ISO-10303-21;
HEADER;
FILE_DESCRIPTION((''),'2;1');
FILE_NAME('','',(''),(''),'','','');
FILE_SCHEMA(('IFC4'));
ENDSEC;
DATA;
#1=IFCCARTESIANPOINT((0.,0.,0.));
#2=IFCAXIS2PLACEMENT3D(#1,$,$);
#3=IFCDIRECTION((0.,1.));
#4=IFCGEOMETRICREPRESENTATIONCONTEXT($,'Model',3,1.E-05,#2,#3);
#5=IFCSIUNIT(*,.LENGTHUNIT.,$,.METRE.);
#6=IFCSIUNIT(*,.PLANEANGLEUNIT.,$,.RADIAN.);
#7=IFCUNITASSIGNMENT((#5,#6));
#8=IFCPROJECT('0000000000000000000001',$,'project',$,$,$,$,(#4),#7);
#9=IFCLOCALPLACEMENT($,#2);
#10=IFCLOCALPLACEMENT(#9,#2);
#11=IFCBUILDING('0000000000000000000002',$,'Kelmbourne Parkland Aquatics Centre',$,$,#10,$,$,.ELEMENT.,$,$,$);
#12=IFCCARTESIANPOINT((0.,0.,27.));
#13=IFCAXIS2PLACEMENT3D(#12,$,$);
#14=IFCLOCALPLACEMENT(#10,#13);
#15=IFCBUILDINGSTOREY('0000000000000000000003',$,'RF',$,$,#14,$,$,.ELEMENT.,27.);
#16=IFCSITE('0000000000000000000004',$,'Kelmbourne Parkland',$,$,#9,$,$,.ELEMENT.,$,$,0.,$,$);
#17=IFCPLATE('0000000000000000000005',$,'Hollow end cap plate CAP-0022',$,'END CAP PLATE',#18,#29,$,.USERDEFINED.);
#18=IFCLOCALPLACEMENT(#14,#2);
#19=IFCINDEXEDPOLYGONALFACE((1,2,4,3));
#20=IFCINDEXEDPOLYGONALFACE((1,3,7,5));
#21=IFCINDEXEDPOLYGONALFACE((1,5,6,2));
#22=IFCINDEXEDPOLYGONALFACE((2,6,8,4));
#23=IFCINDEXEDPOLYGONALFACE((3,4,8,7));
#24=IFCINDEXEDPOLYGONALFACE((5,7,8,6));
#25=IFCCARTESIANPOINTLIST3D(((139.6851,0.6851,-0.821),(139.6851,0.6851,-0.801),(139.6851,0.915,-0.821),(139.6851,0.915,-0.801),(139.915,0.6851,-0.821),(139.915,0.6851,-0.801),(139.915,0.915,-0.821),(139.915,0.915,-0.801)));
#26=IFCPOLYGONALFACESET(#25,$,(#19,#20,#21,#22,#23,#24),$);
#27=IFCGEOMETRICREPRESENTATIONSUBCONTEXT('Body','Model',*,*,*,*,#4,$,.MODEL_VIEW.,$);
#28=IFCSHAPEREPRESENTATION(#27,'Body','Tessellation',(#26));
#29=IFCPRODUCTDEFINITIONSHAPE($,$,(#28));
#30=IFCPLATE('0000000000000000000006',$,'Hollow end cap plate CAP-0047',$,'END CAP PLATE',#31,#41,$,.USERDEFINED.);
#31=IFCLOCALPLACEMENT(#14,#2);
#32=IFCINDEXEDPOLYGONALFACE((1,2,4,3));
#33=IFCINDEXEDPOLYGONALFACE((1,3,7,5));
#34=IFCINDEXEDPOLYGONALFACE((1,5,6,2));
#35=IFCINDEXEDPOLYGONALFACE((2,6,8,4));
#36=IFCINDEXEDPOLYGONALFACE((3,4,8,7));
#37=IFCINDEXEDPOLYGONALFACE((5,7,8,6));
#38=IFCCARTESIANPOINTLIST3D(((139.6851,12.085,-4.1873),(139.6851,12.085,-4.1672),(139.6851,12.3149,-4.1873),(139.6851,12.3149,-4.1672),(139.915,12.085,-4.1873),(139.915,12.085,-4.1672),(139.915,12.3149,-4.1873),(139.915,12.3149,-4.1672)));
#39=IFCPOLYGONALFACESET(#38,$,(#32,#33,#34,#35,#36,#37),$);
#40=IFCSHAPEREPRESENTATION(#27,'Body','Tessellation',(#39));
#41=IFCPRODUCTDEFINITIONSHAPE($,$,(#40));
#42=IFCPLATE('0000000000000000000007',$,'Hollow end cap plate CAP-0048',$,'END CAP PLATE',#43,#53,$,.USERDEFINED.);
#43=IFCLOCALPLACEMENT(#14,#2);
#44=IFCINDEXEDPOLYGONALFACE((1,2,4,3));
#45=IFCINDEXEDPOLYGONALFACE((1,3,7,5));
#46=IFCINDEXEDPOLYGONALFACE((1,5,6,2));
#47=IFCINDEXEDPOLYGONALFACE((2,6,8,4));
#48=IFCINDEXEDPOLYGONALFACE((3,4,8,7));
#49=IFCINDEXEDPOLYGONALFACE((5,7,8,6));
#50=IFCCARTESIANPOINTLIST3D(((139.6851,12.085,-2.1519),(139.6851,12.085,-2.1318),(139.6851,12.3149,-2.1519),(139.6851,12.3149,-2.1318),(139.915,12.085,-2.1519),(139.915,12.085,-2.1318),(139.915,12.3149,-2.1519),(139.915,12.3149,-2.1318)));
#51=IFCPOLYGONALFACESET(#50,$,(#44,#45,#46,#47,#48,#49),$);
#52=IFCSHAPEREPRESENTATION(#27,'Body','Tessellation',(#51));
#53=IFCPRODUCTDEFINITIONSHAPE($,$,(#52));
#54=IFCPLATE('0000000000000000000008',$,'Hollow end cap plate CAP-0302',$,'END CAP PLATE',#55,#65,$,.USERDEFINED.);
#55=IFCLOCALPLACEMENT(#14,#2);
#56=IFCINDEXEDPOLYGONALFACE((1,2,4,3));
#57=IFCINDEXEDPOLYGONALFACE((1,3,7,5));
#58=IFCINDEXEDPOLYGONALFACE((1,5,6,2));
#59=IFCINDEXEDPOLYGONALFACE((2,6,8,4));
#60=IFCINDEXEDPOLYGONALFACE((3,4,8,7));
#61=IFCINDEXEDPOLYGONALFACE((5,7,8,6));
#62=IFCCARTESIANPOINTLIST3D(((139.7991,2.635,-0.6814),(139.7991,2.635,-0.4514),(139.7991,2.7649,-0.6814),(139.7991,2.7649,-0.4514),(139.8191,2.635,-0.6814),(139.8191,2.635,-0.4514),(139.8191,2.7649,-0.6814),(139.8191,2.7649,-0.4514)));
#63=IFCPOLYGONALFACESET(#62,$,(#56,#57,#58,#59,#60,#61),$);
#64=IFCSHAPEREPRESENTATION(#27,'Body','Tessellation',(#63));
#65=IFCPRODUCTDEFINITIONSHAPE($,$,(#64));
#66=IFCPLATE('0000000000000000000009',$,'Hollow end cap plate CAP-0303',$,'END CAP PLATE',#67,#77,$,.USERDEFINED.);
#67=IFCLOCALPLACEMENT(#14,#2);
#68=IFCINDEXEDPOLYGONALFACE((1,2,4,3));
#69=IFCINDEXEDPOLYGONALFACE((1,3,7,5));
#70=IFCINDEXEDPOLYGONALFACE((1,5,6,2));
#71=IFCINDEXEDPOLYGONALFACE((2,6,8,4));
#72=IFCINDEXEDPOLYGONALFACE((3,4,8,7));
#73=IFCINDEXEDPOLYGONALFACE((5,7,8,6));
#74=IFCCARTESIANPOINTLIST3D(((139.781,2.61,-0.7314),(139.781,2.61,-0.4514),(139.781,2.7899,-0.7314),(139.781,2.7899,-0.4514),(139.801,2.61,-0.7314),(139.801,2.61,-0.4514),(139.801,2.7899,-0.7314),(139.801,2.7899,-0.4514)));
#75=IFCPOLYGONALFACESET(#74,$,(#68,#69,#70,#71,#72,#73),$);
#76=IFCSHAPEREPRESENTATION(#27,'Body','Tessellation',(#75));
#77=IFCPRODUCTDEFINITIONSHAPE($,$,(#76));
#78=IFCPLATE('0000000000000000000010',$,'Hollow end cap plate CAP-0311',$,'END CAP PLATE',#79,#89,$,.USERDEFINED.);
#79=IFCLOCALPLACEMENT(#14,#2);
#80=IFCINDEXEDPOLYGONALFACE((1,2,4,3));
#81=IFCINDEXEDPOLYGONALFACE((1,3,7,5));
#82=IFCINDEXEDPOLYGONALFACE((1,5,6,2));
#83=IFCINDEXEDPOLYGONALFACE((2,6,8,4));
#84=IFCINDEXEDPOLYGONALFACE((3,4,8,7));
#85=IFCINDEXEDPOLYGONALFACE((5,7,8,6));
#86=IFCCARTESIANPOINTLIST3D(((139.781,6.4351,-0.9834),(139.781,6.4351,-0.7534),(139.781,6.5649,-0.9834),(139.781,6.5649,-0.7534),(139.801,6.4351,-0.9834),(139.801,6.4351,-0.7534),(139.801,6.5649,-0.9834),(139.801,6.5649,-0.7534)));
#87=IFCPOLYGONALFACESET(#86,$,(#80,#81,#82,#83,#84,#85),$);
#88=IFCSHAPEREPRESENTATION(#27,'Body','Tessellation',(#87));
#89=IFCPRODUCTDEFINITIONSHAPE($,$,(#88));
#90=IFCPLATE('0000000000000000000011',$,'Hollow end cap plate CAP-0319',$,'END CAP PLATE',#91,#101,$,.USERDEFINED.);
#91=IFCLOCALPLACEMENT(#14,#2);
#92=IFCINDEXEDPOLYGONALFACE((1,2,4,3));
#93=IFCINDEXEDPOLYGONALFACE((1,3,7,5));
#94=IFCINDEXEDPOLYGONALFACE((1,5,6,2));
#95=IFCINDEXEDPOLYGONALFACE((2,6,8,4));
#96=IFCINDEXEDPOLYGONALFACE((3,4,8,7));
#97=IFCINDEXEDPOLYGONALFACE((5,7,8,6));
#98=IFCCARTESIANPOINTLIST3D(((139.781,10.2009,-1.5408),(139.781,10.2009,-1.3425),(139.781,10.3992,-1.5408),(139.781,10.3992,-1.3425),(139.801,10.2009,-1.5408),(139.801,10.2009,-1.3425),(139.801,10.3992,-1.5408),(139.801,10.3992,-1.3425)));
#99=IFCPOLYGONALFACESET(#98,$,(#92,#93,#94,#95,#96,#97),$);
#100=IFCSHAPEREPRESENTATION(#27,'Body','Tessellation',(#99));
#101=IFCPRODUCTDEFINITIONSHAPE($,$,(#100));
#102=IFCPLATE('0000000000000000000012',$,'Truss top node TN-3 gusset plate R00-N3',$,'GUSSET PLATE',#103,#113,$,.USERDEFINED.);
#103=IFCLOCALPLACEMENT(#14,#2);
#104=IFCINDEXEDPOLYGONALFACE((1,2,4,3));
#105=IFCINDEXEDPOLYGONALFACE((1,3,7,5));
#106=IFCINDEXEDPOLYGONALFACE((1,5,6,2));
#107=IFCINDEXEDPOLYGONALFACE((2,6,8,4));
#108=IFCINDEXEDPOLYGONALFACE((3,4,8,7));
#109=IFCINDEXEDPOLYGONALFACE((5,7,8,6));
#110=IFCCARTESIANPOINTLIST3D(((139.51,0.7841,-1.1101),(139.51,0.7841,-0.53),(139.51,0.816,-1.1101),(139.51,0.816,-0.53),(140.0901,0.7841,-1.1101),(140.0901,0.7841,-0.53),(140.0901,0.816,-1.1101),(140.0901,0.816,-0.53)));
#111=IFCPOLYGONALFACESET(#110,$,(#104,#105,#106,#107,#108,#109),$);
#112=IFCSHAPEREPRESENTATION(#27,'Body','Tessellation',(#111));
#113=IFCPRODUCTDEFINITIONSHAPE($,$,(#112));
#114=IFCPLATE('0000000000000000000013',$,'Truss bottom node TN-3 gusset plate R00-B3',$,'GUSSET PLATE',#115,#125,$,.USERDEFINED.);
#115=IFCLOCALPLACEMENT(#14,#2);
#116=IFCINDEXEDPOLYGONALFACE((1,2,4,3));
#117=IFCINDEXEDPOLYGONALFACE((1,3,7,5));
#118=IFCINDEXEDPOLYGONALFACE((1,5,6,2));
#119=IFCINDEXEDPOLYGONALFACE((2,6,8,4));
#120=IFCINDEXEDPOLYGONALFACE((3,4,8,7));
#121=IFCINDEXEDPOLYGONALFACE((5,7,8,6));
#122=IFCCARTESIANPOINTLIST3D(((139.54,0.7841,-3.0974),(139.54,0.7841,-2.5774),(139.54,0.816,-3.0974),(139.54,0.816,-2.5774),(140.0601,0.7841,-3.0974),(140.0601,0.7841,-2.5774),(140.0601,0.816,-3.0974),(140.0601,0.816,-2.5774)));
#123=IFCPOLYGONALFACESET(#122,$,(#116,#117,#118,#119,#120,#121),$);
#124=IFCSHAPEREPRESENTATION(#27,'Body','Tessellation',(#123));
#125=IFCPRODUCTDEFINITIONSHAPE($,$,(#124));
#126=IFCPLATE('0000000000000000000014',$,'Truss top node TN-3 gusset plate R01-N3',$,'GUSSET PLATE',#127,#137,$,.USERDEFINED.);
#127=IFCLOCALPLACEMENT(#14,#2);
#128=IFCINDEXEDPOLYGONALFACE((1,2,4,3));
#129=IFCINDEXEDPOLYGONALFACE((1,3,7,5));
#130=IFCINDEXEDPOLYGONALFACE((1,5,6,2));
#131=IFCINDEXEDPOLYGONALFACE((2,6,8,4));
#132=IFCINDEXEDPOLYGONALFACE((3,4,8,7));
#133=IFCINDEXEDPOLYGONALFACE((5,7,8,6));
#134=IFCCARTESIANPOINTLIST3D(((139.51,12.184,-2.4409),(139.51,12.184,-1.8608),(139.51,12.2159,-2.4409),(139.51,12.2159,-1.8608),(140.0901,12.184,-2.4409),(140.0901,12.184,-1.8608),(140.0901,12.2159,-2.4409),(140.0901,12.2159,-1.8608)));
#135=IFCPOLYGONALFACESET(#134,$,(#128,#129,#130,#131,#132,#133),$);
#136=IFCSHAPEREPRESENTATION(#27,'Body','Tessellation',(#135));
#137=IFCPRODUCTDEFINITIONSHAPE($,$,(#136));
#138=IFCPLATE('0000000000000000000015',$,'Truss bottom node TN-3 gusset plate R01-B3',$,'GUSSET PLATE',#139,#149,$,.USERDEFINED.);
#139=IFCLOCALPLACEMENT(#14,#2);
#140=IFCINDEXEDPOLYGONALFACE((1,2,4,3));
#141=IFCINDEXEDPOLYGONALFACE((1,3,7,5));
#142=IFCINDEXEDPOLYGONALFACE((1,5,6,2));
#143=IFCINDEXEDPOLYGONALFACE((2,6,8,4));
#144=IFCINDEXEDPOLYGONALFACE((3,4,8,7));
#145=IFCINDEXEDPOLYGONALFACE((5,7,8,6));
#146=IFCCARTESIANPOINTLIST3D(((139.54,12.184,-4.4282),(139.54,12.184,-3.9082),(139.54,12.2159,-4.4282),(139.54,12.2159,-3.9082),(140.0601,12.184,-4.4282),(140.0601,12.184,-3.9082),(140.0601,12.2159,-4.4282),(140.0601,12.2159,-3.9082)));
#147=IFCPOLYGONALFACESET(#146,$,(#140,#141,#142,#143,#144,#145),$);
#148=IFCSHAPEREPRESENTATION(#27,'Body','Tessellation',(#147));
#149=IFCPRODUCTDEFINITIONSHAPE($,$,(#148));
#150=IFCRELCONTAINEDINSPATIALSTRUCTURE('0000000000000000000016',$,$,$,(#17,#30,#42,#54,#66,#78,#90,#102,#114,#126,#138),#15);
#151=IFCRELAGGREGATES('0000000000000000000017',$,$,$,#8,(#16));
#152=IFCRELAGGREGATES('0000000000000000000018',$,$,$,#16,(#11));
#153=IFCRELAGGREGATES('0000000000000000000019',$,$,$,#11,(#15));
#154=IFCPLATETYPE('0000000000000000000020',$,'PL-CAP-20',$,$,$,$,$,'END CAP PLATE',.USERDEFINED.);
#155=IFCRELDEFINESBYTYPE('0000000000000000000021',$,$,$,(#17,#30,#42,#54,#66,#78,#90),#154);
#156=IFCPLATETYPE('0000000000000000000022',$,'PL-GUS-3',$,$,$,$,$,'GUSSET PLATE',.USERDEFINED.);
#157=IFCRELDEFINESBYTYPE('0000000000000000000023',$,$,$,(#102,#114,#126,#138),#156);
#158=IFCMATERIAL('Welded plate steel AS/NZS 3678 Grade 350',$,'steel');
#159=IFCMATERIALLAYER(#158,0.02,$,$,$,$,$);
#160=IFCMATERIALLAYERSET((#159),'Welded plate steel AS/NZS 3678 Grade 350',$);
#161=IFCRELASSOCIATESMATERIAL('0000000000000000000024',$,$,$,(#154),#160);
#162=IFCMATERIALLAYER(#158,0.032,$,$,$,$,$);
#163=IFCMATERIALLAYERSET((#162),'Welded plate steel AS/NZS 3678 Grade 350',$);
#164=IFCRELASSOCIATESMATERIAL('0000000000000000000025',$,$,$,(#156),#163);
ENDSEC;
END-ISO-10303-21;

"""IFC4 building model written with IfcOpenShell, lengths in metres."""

from ifc_helpers import new_model, si_unit, direction, frame, origin, origin_2d, place, context, subcontext, project, spatial, rectangle, extrude, material, layer, layer_set, type_object, element, save


model = new_model("IFC4")

# Units and contexts
model_context = context("Model", 3, precision=1e-05, world=origin(), true_north=direction((0.0, 1.0)))
body_context = subcontext(model_context, "Body", "Model", "MODEL_VIEW")
ifc_project = project(units=[si_unit("LENGTHUNIT", "METRE"), si_unit("PLANEANGLEUNIT", "RADIAN")], contexts=[model_context])

# Site, building, storey
site_placement = place(None, origin())
site = spatial("IfcSite", under=ifc_project, at=site_placement, Name="Kelmbourne Parkland", CompositionType="ELEMENT", RefElevation=0.0)
building_placement = place(site_placement, origin())
building = spatial("IfcBuilding", under=site, at=building_placement, Name="Kelmbourne Parkland Aquatics Centre", CompositionType="ELEMENT")
storey_placement = place(building_placement, frame((0.0, 0.0, 27.0)))
storey = spatial("IfcBuildingStorey", under=building, at=storey_placement, Name="RF", CompositionType="ELEMENT", Elevation=27.0)

# Shared definitions
ifc_material_1 = material(Name="Welded plate steel AS/NZS 3678 Grade 350", Category="steel")

# Plates
ifc_layer_1 = layer(ifc_material_1, 0.02)
ifc_layer_set_1 = layer_set([ifc_layer_1], Name="Welded plate steel AS/NZS 3678 Grade 350")
plate_type_1 = type_object("IfcPlateType", Name="PL-CAP-20", ElementType="END CAP PLATE", PredefinedType="USERDEFINED", material=ifc_layer_set_1)
for number, where, z_axis, x_axis, name in (
    (1, (139.8, 0.8, -0.821), (0.0, 0.0, 1.0), (1.0, 0.0, 0.0), "Hollow end cap plate CAP-0022"),
    (2, (139.8, 12.2, -4.1873), (0.0, 0.0, 1.0), (1.0, 0.0, 0.0), "Hollow end cap plate CAP-0047"),
    (3, (139.8, 12.2, -2.1519), (0.0, 0.0, 1.0), (1.0, 0.0, 0.0), "Hollow end cap plate CAP-0048"),
):
    element("IfcPlate", number, at=place(storey_placement, frame(where, z_axis=z_axis, x_axis=x_axis)), inside=storey, type_object=plate_type_1, Name=name, ObjectType="END CAP PLATE", PredefinedType="USERDEFINED", context=body_context, shape_type="SweptSolid", body=[
        extrude(rectangle(XDim=0.23, YDim=0.23, at=origin_2d()), origin(), (0.0, 0.0, 1.0), 0.02),
    ])
plate_1_placement = place(storey_placement, frame((139.8091, 2.7, -0.6814), z_axis=(0.0, 0.0, 1.0), x_axis=(1.0, 0.0, 0.0)))
element("IfcPlate", 4, at=plate_1_placement, inside=storey, type_object=plate_type_1, Name="Hollow end cap plate CAP-0302", ObjectType="END CAP PLATE", PredefinedType="USERDEFINED", context=body_context, shape_type="SweptSolid", body=[
    extrude(rectangle(XDim=0.02, YDim=0.1299, at=origin_2d()), origin(), (0.0, 0.0, 1.0), 0.23),
])
plate_2_placement = place(storey_placement, frame((139.791, 2.7, -0.7314), z_axis=(0.0, 0.0, 1.0), x_axis=(-1.0, 0.0, 0.0)))
element("IfcPlate", 5, at=plate_2_placement, inside=storey, type_object=plate_type_1, Name="Hollow end cap plate CAP-0303", ObjectType="END CAP PLATE", PredefinedType="USERDEFINED", context=body_context, shape_type="SweptSolid", body=[
    extrude(rectangle(XDim=0.02, YDim=0.1799, at=origin_2d()), origin(), (0.0, 0.0, 1.0), 0.28),
])
plate_3_placement = place(storey_placement, frame((139.791, 6.5, -0.9834), z_axis=(0.0, 0.0, 1.0), x_axis=(-1.0, 0.0, 0.0)))
element("IfcPlate", 6, at=plate_3_placement, inside=storey, type_object=plate_type_1, Name="Hollow end cap plate CAP-0311", ObjectType="END CAP PLATE", PredefinedType="USERDEFINED", context=body_context, shape_type="SweptSolid", body=[
    extrude(rectangle(XDim=0.02, YDim=0.1299, at=origin_2d()), origin(), (0.0, 0.0, 1.0), 0.23),
])
plate_4_placement = place(storey_placement, frame((139.791, 10.3, -1.5408), z_axis=(0.0, 0.0, 1.0), x_axis=(-1.0, 0.0, 0.0)))
element("IfcPlate", 7, at=plate_4_placement, inside=storey, type_object=plate_type_1, Name="Hollow end cap plate CAP-0319", ObjectType="END CAP PLATE", PredefinedType="USERDEFINED", context=body_context, shape_type="SweptSolid", body=[
    extrude(rectangle(XDim=0.02, YDim=0.1982, at=origin_2d()), origin(), (0.0, 0.0, 1.0), 0.1982),
])
ifc_layer_2 = layer(ifc_material_1, 0.032)
ifc_layer_set_2 = layer_set([ifc_layer_2], Name="Welded plate steel AS/NZS 3678 Grade 350")
plate_type_2 = type_object("IfcPlateType", Name="PL-GUS-3", ElementType="GUSSET PLATE", PredefinedType="USERDEFINED", material=ifc_layer_set_2)
plate_5_placement = place(storey_placement, frame((139.8, 0.8, -1.1101), z_axis=(0.0, 0.0, 1.0), x_axis=(1.0, 0.0, 0.0)))
element("IfcPlate", 8, at=plate_5_placement, inside=storey, type_object=plate_type_2, Name="Truss top node TN-3 gusset plate R00-N3", ObjectType="GUSSET PLATE", PredefinedType="USERDEFINED", context=body_context, shape_type="SweptSolid", body=[
    extrude(rectangle(XDim=0.5801, YDim=0.032, at=origin_2d()), origin(), (0.0, 0.0, 1.0), 0.5801),
])
plate_6_placement = place(storey_placement, frame((139.8, 0.8, -3.0974), z_axis=(0.0, 0.0, 1.0), x_axis=(1.0, 0.0, 0.0)))
element("IfcPlate", 9, at=plate_6_placement, inside=storey, type_object=plate_type_2, Name="Truss bottom node TN-3 gusset plate R00-B3", ObjectType="GUSSET PLATE", PredefinedType="USERDEFINED", context=body_context, shape_type="SweptSolid", body=[
    extrude(rectangle(XDim=0.52, YDim=0.032, at=origin_2d()), origin(), (0.0, 0.0, 1.0), 0.52),
])
plate_7_placement = place(storey_placement, frame((139.8, 12.2, -2.4409), z_axis=(0.0, 0.0, 1.0), x_axis=(1.0, 0.0, 0.0)))
element("IfcPlate", 10, at=plate_7_placement, inside=storey, type_object=plate_type_2, Name="Truss top node TN-3 gusset plate R01-N3", ObjectType="GUSSET PLATE", PredefinedType="USERDEFINED", context=body_context, shape_type="SweptSolid", body=[
    extrude(rectangle(XDim=0.5801, YDim=0.032, at=origin_2d()), origin(), (0.0, 0.0, 1.0), 0.5801),
])
plate_8_placement = place(storey_placement, frame((139.8, 12.2, -4.4282), z_axis=(0.0, 0.0, 1.0), x_axis=(1.0, 0.0, 0.0)))
element("IfcPlate", 11, at=plate_8_placement, inside=storey, type_object=plate_type_2, Name="Truss bottom node TN-3 gusset plate R01-B3", ObjectType="GUSSET PLATE", PredefinedType="USERDEFINED", context=body_context, shape_type="SweptSolid", body=[
    extrude(rectangle(XDim=0.52, YDim=0.032, at=origin_2d()), origin(), (0.0, 0.0, 1.0), 0.52),
])

save(model, "model.ifc")
